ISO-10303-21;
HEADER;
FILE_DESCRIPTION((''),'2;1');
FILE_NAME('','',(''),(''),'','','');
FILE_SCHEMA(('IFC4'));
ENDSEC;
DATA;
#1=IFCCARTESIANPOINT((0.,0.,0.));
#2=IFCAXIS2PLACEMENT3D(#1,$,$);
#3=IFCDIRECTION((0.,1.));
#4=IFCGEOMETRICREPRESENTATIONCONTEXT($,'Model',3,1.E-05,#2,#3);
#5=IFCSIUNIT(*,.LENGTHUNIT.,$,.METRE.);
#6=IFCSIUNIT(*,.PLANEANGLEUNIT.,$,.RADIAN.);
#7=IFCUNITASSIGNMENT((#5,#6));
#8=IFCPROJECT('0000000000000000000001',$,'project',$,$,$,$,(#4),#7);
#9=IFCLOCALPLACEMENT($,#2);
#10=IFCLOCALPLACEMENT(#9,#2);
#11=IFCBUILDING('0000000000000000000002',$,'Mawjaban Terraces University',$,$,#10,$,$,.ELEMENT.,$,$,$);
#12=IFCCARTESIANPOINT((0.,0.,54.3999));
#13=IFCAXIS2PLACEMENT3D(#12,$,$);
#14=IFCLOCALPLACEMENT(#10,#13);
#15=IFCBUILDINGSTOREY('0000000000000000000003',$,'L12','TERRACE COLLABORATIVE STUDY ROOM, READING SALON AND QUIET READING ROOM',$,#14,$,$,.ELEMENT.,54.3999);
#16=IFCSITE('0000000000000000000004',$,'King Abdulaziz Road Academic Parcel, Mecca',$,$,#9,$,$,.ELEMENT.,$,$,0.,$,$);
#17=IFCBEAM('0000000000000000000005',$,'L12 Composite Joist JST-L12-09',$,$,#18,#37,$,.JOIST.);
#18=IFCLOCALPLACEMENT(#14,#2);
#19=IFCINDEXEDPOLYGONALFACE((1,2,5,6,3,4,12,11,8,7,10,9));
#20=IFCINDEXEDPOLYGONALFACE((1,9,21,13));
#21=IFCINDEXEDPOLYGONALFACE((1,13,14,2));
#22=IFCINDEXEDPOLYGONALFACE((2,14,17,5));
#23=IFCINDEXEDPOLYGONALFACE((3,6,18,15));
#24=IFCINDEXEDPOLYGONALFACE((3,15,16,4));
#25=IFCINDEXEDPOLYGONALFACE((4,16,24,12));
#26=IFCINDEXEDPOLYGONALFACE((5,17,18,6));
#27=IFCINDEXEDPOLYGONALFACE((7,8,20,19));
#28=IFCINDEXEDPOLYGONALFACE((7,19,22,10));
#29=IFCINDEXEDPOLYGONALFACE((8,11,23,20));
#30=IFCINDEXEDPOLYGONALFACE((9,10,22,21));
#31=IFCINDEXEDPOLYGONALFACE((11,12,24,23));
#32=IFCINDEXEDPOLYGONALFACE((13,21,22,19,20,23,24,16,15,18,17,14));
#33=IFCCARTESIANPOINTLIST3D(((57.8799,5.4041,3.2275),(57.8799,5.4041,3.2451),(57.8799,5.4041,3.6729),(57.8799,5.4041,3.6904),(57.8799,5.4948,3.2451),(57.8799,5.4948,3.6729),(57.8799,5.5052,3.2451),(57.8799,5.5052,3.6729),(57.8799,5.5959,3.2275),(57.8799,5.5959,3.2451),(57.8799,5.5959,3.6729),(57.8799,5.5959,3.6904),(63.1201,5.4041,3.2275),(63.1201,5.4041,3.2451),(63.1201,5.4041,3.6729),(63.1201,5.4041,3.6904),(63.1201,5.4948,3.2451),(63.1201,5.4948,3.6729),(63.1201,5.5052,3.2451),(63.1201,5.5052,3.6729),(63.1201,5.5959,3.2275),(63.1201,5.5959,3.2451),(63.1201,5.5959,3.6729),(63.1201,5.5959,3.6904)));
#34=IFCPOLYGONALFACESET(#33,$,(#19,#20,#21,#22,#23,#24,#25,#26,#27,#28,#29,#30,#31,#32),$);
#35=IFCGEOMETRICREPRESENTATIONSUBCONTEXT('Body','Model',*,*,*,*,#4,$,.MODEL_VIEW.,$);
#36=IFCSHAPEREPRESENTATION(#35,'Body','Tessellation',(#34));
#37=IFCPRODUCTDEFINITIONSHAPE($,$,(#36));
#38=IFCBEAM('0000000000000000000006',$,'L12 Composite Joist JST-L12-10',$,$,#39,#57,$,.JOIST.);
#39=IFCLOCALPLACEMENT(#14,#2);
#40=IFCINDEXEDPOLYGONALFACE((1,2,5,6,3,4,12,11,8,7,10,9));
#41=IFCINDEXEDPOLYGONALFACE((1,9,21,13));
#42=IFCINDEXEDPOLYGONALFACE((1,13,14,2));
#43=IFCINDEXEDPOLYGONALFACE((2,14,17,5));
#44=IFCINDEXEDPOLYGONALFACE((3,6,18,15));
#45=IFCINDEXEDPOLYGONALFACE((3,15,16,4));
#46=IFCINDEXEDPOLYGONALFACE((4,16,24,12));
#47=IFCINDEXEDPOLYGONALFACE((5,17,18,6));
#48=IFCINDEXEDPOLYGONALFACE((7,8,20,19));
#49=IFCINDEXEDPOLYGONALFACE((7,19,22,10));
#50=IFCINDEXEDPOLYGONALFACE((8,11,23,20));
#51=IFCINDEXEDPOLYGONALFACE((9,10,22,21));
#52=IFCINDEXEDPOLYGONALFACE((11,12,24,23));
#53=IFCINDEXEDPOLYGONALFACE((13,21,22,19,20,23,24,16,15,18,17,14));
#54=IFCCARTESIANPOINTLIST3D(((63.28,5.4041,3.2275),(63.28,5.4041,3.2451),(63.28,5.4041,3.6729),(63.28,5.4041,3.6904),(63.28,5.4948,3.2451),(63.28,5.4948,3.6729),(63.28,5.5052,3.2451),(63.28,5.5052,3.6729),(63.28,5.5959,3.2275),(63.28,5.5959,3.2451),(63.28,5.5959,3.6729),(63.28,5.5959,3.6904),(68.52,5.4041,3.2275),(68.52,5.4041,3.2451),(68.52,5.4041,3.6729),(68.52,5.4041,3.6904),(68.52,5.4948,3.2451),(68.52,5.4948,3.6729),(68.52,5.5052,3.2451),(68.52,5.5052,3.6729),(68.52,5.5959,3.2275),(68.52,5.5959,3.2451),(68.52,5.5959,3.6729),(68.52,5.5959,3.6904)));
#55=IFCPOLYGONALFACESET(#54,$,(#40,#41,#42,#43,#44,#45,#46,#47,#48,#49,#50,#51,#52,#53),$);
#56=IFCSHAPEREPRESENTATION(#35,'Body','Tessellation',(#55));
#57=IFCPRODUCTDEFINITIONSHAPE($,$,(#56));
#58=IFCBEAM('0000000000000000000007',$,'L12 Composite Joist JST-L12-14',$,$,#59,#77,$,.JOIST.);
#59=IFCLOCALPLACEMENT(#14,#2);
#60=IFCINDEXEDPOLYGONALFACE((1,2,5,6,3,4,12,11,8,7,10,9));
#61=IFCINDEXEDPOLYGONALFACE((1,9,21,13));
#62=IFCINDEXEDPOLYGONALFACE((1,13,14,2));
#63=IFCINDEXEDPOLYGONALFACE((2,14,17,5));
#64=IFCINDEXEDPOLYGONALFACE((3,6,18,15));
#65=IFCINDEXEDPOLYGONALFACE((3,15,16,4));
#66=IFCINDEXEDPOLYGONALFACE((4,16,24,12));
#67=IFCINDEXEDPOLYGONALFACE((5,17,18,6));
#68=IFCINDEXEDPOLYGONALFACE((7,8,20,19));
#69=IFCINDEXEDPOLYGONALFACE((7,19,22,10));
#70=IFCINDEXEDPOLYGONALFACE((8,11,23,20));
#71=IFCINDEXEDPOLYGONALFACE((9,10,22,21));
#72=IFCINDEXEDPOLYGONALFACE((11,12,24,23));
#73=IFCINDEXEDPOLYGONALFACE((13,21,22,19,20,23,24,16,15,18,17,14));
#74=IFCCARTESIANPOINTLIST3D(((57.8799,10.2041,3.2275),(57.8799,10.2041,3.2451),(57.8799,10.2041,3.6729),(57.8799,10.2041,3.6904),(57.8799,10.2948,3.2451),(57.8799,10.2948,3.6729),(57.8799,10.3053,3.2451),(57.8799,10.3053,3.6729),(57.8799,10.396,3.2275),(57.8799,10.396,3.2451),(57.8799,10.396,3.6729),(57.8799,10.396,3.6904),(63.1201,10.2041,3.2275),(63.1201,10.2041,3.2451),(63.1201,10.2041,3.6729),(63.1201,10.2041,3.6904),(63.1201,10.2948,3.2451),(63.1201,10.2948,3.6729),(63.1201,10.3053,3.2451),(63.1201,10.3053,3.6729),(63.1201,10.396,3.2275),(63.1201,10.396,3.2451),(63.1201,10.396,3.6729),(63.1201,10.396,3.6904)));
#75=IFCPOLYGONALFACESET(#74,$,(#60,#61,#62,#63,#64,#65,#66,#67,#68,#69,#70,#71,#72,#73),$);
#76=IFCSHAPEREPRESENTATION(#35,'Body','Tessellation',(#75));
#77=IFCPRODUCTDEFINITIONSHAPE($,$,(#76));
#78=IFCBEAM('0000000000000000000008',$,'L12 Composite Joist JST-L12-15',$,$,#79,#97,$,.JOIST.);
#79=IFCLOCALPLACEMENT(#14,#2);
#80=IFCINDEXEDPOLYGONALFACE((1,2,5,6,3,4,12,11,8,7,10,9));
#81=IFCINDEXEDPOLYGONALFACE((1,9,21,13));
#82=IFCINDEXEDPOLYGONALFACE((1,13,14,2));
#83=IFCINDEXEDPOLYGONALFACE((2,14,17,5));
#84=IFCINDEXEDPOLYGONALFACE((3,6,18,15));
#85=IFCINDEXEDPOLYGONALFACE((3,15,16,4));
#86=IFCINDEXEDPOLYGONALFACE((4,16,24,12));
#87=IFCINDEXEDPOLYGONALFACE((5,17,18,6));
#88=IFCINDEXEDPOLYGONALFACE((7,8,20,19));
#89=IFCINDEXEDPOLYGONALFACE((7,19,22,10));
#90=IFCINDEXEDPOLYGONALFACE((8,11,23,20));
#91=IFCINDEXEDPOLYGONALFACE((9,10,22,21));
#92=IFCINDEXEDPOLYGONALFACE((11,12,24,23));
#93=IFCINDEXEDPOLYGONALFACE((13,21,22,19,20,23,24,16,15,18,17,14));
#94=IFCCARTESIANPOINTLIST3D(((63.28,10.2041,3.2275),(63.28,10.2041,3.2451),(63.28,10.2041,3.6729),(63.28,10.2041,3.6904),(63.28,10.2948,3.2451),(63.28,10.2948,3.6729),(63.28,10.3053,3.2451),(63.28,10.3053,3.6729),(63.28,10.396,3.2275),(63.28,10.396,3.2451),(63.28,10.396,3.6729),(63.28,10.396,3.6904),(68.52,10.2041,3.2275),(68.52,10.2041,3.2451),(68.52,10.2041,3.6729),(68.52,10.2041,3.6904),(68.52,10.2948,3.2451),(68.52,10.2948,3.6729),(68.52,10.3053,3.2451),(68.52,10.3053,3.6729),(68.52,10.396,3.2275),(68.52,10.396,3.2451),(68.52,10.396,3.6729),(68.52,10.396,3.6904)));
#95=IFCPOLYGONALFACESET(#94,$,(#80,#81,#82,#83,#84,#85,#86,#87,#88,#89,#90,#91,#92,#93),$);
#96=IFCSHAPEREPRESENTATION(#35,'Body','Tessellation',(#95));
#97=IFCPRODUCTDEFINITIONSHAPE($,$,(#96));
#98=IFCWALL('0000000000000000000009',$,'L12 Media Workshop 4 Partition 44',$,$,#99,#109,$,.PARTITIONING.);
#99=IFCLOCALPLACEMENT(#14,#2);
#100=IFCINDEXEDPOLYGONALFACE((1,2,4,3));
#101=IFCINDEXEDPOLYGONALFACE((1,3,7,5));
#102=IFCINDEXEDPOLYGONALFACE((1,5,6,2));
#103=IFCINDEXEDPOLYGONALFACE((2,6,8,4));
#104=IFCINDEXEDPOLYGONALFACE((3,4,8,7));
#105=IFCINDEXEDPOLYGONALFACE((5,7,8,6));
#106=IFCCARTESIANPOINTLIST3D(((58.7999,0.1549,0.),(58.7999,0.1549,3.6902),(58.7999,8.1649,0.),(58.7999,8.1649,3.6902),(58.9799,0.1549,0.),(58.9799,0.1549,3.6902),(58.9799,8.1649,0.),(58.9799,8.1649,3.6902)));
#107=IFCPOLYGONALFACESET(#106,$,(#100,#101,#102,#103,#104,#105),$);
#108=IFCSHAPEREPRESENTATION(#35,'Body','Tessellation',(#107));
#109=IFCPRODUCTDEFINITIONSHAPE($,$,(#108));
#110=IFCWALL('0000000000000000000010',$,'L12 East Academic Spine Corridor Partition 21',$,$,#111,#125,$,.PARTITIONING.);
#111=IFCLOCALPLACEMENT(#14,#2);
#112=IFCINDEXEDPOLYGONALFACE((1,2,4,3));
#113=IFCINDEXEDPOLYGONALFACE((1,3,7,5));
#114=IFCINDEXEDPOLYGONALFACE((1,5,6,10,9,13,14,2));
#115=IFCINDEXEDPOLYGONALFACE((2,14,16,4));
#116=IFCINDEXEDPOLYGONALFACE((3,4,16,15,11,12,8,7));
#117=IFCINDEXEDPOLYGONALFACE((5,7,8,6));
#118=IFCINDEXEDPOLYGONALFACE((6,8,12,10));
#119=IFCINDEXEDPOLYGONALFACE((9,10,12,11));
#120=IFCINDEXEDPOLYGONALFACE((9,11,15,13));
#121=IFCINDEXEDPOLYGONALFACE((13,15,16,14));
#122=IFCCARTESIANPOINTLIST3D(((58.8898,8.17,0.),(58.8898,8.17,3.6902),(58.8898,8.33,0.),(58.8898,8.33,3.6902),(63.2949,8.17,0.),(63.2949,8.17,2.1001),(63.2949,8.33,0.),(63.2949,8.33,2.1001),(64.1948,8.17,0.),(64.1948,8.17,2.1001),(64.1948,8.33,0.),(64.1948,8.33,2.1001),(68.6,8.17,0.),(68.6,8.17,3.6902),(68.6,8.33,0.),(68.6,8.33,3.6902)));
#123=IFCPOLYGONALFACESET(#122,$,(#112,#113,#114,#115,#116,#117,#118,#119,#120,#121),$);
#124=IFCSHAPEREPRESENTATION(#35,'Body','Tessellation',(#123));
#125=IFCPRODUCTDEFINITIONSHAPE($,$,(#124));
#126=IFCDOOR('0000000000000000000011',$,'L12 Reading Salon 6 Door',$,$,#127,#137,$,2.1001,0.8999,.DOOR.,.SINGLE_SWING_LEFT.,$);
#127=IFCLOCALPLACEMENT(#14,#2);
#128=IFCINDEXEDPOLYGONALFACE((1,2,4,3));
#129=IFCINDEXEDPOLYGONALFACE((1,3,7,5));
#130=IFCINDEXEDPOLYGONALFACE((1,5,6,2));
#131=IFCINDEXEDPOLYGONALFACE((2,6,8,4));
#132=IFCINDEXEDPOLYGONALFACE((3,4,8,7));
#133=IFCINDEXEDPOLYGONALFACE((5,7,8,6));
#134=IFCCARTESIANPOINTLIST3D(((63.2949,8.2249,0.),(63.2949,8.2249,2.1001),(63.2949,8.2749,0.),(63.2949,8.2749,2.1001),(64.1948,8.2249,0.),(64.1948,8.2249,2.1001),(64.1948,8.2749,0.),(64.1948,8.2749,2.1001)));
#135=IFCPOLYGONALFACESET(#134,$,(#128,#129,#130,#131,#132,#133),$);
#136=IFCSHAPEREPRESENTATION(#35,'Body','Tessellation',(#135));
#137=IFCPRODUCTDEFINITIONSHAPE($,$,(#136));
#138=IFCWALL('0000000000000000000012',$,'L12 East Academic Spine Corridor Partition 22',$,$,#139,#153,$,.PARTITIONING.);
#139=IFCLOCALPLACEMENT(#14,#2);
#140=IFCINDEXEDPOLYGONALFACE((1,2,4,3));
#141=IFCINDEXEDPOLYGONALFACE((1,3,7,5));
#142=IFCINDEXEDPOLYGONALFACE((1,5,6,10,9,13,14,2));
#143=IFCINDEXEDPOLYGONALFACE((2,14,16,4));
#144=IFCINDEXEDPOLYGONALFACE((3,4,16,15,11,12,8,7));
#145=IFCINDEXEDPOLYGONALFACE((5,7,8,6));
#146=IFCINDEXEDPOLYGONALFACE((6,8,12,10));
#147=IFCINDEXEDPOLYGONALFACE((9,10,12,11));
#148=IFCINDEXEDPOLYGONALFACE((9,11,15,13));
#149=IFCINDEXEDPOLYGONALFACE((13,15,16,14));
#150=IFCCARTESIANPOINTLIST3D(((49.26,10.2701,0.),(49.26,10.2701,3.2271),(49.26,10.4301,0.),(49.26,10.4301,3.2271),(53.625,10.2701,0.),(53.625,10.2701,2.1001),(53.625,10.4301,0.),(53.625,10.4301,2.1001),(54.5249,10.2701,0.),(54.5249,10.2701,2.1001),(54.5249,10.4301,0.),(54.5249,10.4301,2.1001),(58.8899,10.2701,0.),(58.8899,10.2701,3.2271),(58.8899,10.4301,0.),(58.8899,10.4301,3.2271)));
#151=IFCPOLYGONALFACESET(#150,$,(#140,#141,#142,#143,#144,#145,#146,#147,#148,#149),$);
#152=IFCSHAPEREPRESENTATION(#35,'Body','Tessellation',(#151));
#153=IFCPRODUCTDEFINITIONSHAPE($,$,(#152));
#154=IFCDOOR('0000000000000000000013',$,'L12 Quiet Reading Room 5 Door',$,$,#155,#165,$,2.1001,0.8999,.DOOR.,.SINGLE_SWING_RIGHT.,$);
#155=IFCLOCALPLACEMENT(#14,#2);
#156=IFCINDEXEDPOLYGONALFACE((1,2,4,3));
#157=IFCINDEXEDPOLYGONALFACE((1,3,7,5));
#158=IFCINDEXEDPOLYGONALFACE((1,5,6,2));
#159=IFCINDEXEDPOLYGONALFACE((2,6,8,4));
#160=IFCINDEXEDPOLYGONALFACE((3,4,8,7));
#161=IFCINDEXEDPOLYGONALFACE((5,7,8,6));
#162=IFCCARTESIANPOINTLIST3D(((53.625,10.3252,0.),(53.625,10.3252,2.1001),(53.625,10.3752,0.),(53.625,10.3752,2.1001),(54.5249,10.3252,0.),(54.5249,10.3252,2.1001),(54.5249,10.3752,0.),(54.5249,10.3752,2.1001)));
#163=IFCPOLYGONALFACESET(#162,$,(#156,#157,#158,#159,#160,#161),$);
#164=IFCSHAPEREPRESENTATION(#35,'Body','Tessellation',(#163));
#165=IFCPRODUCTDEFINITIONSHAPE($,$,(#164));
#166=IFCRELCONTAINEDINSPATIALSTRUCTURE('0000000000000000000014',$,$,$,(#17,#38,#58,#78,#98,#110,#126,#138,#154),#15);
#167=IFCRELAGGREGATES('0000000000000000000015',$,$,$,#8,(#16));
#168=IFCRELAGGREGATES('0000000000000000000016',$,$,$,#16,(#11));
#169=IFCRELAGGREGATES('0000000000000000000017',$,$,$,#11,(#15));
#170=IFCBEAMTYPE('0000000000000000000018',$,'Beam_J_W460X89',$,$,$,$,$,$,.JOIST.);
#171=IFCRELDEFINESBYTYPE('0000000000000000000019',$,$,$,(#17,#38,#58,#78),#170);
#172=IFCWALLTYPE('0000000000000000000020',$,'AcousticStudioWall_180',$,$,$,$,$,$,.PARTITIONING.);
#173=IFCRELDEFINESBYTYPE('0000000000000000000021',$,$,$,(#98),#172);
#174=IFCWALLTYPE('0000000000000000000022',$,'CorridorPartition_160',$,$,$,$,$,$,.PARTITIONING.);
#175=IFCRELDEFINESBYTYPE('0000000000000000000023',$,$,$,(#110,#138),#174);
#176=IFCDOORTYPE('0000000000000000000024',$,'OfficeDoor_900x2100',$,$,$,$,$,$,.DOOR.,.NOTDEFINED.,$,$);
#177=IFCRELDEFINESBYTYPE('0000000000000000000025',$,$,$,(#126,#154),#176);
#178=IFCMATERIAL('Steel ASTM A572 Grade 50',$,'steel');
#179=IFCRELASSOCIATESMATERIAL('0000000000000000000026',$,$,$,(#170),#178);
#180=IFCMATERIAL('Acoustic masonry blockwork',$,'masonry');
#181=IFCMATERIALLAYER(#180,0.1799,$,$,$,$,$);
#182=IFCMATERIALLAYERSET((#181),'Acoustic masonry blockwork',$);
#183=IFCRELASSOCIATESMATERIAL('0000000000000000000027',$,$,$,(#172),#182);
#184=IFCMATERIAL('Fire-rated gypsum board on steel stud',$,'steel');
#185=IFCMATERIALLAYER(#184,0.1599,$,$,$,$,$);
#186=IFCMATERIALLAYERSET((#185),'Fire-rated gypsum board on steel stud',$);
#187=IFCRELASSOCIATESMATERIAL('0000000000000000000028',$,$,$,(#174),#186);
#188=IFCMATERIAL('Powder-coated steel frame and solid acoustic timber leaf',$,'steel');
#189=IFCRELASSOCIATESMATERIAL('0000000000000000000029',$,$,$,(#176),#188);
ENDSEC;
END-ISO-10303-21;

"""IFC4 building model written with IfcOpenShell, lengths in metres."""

from ifc_helpers import new_model, si_unit, direction, frame, frame_2d, origin, origin_2d, place, context, subcontext, project, spatial, rectangle, i_section, extrude, material, layer, layer_set, material_profile, profile_set, type_object, element, fill, save


model = new_model("IFC4")

# Units and contexts
model_context = context("Model", 3, precision=1e-05, world=origin(), true_north=direction((0.0, 1.0)))
body_context = subcontext(model_context, "Body", "Model", "MODEL_VIEW")
ifc_project = project(units=[si_unit("LENGTHUNIT", "METRE"), si_unit("PLANEANGLEUNIT", "RADIAN")], contexts=[model_context])

# Site, building, storey
site_placement = place(None, origin())
site = spatial("IfcSite", under=ifc_project, at=site_placement, Name="King Abdulaziz Road Academic Parcel, Mecca", CompositionType="ELEMENT", RefElevation=0.0)
building_placement = place(site_placement, origin())
building = spatial("IfcBuilding", under=site, at=building_placement, Name="Mawjaban Terraces University", CompositionType="ELEMENT")
storey_placement = place(building_placement, frame((0.0, 0.0, 54.3999)))
storey = spatial("IfcBuildingStorey", under=building, at=storey_placement, Name="L12", Description="TERRACE COLLABORATIVE STUDY ROOM, READING SALON AND QUIET READING ROOM", CompositionType="ELEMENT", Elevation=54.3999)

# Beams
ifc_material_1 = material(Name="Steel ASTM A572 Grade 50", Category="steel")
ifc_material_profile_1 = material_profile(ifc_material_1, i_section(OverallWidth=0.1919, OverallDepth=0.4629, WebThickness=0.0105, FlangeThickness=0.0176, at=origin_2d()), Name="W460X89")
ifc_profile_set_1 = profile_set([ifc_material_profile_1], Name="Steel ASTM A572 Grade 50")
beam_type_1 = type_object("IfcBeamType", Name="Beam_J_W460X89", PredefinedType="JOIST", material=ifc_profile_set_1)
beam_1_placement = place(storey_placement, frame((57.8799, 5.5, 3.459), z_axis=(1.0, 0.0, 0.0), x_axis=(0.0, 1.0, 0.0)))
element("IfcBeam", 1, at=beam_1_placement, inside=storey, type_object=beam_type_1, Name="L12 Composite Joist JST-L12-09", PredefinedType="JOIST", context=body_context, shape_type="SweptSolid", body=[
    extrude(i_section(OverallWidth=0.1919, OverallDepth=0.4629, WebThickness=0.0105, FlangeThickness=0.0176, at=origin_2d()), origin(), (0.0, 0.0, 1.0), 5.2402),
])
beam_2_placement = place(storey_placement, frame((63.28, 5.5, 3.459), z_axis=(1.0, 0.0, 0.0), x_axis=(0.0, 1.0, 0.0)))
element("IfcBeam", 2, at=beam_2_placement, inside=storey, type_object=beam_type_1, Name="L12 Composite Joist JST-L12-10", PredefinedType="JOIST", context=body_context, shape_type="SweptSolid", body=[
    extrude(i_section(OverallWidth=0.1919, OverallDepth=0.4629, WebThickness=0.0105, FlangeThickness=0.0176, at=origin_2d()), origin(), (0.0, 0.0, 1.0), 5.24),
])
beam_3_placement = place(storey_placement, frame((57.8799, 10.3, 3.459), z_axis=(1.0, 0.0, 0.0), x_axis=(0.0, 1.0, 0.0)))
element("IfcBeam", 3, at=beam_3_placement, inside=storey, type_object=beam_type_1, Name="L12 Composite Joist JST-L12-14", PredefinedType="JOIST", context=body_context, shape_type="SweptSolid", body=[
    extrude(i_section(OverallWidth=0.1919, OverallDepth=0.4629, WebThickness=0.0105, FlangeThickness=0.0176, at=origin_2d()), origin(), (0.0, 0.0, 1.0), 5.2402),
])
beam_4_placement = place(storey_placement, frame((63.28, 10.3, 3.459), z_axis=(1.0, 0.0, 0.0), x_axis=(0.0, 1.0, 0.0)))
element("IfcBeam", 4, at=beam_4_placement, inside=storey, type_object=beam_type_1, Name="L12 Composite Joist JST-L12-15", PredefinedType="JOIST", context=body_context, shape_type="SweptSolid", body=[
    extrude(i_section(OverallWidth=0.1919, OverallDepth=0.4629, WebThickness=0.0105, FlangeThickness=0.0176, at=origin_2d()), origin(), (0.0, 0.0, 1.0), 5.24),
])

# Wall
ifc_material_2 = material(Name="Acoustic masonry blockwork", Category="masonry")
ifc_layer_1 = layer(ifc_material_2, 0.1799)
ifc_layer_set_1 = layer_set([ifc_layer_1], Name="Acoustic masonry blockwork")
wall_type_1 = type_object("IfcWallType", Name="AcousticStudioWall_180", PredefinedType="PARTITIONING", material=ifc_layer_set_1)
wall_1_placement = place(storey_placement, frame((58.8899, 0.155, 0.0), z_axis=(0.0, 0.0, 1.0), x_axis=(0.0, 1.0, 0.0)))
element("IfcWall", 5, at=wall_1_placement, inside=storey, type_object=wall_type_1, Name="L12 Media Workshop 4 Partition 44", PredefinedType="PARTITIONING", context=body_context, shape_type="SweptSolid", body=[
    extrude(rectangle(XDim=8.01, YDim=0.1799, at=frame_2d((4.0049, 0.0))), origin(), (0.0, 0.0, 1.0), 3.6902),
])

# Walls, openings, doors
ifc_material_3 = material(Name="Fire-rated gypsum board on steel stud", Category="steel")
ifc_layer_2 = layer(ifc_material_3, 0.1599)
ifc_layer_set_2 = layer_set([ifc_layer_2], Name="Fire-rated gypsum board on steel stud")
wall_type_2 = type_object("IfcWallType", Name="CorridorPartition_160", PredefinedType="PARTITIONING", material=ifc_layer_set_2)
wall_2_placement = place(storey_placement, frame((58.8899, 8.25, 0.0), z_axis=(0.0, 0.0, 1.0), x_axis=(1.0, 0.0, 0.0)))
wall_2 = element("IfcWall", 6, at=wall_2_placement, inside=storey, type_object=wall_type_2, Name="L12 East Academic Spine Corridor Partition 21", PredefinedType="PARTITIONING", context=body_context, shape_type="SweptSolid", body=[
    extrude(rectangle(XDim=9.7102, YDim=0.1599, at=frame_2d((4.855, 0.0))), origin(), (0.0, 0.0, 1.0), 3.6902),
])
opening_1_placement = place(wall_2_placement, frame((4.405, 0.0, 0.0)))
opening_1 = element("IfcOpeningElement", 7, at=opening_1_placement, cuts=wall_2, PredefinedType="OPENING", context=body_context, shape_type="SweptSolid", body=[
    extrude(rectangle(XDim=0.8999, YDim=2.1001, at=frame_2d((0.45, 1.05))), frame((0.0, 0.0898, 0.0), z_axis=(0.0, -1.0, 0.0), x_axis=(1.0, 0.0, 0.0)), (0.0, 0.0, 1.0), 0.1799),
])
ifc_material_4 = material(Name="Powder-coated steel frame and solid acoustic timber leaf", Category="steel")
door_type = type_object("IfcDoorType", Name="OfficeDoor_900x2100", OperationType="NOTDEFINED", PredefinedType="DOOR", material=ifc_material_4)
door_1_placement = place(opening_1_placement, origin())
door_1 = element("IfcDoor", 8, at=door_1_placement, inside=storey, type_object=door_type, Name="L12 Reading Salon 6 Door", OperationType="SINGLE_SWING_LEFT", OverallHeight=2.1001, OverallWidth=0.8999, PredefinedType="DOOR", context=body_context, shape_type="SweptSolid", body=[
    extrude(rectangle(XDim=0.8999, YDim=2.1001, at=frame_2d((0.45, 1.05))), frame((0.0, 0.0249, 0.0), z_axis=(0.0, -1.0, 0.0), x_axis=(1.0, 0.0, 0.0)), (0.0, 0.0, 1.0), 0.05),
])
fill(opening_1, door_1)
wall_3_placement = place(storey_placement, frame((58.8899, 10.3501, 0.0), z_axis=(0.0, 0.0, 1.0), x_axis=(-1.0, 0.0, 0.0)))
wall_3 = element("IfcWall", 9, at=wall_3_placement, inside=storey, type_object=wall_type_2, Name="L12 East Academic Spine Corridor Partition 22", PredefinedType="PARTITIONING", context=body_context, shape_type="SweptSolid", body=[
    extrude(rectangle(XDim=9.6299, YDim=0.1599, at=frame_2d((4.8149, 0.0))), origin(), (0.0, 0.0, 1.0), 3.2271),
])
opening_2_placement = place(wall_3_placement, frame((4.365, 0.0, 0.0)))
opening_2 = element("IfcOpeningElement", 10, at=opening_2_placement, cuts=wall_3, PredefinedType="OPENING", context=body_context, shape_type="SweptSolid", body=[
    extrude(rectangle(XDim=0.8999, YDim=2.1001, at=frame_2d((0.45, 1.05))), frame((0.0, 0.0898, 0.0), z_axis=(0.0, -1.0, 0.0), x_axis=(1.0, 0.0, 0.0)), (0.0, 0.0, 1.0), 0.1799),
])
door_2_placement = place(opening_2_placement, origin())
door_2 = element("IfcDoor", 11, at=door_2_placement, inside=storey, type_object=door_type, Name="L12 Quiet Reading Room 5 Door", OperationType="SINGLE_SWING_RIGHT", OverallHeight=2.1001, OverallWidth=0.8999, PredefinedType="DOOR", context=body_context, shape_type="SweptSolid", body=[
    extrude(rectangle(XDim=0.8999, YDim=2.1001, at=frame_2d((0.45, 1.05))), frame((0.0, 0.0249, 0.0), z_axis=(0.0, -1.0, 0.0), x_axis=(1.0, 0.0, 0.0)), (0.0, 0.0, 1.0), 0.05),
])
fill(opening_2, door_2)

save(model, "model.ifc")
